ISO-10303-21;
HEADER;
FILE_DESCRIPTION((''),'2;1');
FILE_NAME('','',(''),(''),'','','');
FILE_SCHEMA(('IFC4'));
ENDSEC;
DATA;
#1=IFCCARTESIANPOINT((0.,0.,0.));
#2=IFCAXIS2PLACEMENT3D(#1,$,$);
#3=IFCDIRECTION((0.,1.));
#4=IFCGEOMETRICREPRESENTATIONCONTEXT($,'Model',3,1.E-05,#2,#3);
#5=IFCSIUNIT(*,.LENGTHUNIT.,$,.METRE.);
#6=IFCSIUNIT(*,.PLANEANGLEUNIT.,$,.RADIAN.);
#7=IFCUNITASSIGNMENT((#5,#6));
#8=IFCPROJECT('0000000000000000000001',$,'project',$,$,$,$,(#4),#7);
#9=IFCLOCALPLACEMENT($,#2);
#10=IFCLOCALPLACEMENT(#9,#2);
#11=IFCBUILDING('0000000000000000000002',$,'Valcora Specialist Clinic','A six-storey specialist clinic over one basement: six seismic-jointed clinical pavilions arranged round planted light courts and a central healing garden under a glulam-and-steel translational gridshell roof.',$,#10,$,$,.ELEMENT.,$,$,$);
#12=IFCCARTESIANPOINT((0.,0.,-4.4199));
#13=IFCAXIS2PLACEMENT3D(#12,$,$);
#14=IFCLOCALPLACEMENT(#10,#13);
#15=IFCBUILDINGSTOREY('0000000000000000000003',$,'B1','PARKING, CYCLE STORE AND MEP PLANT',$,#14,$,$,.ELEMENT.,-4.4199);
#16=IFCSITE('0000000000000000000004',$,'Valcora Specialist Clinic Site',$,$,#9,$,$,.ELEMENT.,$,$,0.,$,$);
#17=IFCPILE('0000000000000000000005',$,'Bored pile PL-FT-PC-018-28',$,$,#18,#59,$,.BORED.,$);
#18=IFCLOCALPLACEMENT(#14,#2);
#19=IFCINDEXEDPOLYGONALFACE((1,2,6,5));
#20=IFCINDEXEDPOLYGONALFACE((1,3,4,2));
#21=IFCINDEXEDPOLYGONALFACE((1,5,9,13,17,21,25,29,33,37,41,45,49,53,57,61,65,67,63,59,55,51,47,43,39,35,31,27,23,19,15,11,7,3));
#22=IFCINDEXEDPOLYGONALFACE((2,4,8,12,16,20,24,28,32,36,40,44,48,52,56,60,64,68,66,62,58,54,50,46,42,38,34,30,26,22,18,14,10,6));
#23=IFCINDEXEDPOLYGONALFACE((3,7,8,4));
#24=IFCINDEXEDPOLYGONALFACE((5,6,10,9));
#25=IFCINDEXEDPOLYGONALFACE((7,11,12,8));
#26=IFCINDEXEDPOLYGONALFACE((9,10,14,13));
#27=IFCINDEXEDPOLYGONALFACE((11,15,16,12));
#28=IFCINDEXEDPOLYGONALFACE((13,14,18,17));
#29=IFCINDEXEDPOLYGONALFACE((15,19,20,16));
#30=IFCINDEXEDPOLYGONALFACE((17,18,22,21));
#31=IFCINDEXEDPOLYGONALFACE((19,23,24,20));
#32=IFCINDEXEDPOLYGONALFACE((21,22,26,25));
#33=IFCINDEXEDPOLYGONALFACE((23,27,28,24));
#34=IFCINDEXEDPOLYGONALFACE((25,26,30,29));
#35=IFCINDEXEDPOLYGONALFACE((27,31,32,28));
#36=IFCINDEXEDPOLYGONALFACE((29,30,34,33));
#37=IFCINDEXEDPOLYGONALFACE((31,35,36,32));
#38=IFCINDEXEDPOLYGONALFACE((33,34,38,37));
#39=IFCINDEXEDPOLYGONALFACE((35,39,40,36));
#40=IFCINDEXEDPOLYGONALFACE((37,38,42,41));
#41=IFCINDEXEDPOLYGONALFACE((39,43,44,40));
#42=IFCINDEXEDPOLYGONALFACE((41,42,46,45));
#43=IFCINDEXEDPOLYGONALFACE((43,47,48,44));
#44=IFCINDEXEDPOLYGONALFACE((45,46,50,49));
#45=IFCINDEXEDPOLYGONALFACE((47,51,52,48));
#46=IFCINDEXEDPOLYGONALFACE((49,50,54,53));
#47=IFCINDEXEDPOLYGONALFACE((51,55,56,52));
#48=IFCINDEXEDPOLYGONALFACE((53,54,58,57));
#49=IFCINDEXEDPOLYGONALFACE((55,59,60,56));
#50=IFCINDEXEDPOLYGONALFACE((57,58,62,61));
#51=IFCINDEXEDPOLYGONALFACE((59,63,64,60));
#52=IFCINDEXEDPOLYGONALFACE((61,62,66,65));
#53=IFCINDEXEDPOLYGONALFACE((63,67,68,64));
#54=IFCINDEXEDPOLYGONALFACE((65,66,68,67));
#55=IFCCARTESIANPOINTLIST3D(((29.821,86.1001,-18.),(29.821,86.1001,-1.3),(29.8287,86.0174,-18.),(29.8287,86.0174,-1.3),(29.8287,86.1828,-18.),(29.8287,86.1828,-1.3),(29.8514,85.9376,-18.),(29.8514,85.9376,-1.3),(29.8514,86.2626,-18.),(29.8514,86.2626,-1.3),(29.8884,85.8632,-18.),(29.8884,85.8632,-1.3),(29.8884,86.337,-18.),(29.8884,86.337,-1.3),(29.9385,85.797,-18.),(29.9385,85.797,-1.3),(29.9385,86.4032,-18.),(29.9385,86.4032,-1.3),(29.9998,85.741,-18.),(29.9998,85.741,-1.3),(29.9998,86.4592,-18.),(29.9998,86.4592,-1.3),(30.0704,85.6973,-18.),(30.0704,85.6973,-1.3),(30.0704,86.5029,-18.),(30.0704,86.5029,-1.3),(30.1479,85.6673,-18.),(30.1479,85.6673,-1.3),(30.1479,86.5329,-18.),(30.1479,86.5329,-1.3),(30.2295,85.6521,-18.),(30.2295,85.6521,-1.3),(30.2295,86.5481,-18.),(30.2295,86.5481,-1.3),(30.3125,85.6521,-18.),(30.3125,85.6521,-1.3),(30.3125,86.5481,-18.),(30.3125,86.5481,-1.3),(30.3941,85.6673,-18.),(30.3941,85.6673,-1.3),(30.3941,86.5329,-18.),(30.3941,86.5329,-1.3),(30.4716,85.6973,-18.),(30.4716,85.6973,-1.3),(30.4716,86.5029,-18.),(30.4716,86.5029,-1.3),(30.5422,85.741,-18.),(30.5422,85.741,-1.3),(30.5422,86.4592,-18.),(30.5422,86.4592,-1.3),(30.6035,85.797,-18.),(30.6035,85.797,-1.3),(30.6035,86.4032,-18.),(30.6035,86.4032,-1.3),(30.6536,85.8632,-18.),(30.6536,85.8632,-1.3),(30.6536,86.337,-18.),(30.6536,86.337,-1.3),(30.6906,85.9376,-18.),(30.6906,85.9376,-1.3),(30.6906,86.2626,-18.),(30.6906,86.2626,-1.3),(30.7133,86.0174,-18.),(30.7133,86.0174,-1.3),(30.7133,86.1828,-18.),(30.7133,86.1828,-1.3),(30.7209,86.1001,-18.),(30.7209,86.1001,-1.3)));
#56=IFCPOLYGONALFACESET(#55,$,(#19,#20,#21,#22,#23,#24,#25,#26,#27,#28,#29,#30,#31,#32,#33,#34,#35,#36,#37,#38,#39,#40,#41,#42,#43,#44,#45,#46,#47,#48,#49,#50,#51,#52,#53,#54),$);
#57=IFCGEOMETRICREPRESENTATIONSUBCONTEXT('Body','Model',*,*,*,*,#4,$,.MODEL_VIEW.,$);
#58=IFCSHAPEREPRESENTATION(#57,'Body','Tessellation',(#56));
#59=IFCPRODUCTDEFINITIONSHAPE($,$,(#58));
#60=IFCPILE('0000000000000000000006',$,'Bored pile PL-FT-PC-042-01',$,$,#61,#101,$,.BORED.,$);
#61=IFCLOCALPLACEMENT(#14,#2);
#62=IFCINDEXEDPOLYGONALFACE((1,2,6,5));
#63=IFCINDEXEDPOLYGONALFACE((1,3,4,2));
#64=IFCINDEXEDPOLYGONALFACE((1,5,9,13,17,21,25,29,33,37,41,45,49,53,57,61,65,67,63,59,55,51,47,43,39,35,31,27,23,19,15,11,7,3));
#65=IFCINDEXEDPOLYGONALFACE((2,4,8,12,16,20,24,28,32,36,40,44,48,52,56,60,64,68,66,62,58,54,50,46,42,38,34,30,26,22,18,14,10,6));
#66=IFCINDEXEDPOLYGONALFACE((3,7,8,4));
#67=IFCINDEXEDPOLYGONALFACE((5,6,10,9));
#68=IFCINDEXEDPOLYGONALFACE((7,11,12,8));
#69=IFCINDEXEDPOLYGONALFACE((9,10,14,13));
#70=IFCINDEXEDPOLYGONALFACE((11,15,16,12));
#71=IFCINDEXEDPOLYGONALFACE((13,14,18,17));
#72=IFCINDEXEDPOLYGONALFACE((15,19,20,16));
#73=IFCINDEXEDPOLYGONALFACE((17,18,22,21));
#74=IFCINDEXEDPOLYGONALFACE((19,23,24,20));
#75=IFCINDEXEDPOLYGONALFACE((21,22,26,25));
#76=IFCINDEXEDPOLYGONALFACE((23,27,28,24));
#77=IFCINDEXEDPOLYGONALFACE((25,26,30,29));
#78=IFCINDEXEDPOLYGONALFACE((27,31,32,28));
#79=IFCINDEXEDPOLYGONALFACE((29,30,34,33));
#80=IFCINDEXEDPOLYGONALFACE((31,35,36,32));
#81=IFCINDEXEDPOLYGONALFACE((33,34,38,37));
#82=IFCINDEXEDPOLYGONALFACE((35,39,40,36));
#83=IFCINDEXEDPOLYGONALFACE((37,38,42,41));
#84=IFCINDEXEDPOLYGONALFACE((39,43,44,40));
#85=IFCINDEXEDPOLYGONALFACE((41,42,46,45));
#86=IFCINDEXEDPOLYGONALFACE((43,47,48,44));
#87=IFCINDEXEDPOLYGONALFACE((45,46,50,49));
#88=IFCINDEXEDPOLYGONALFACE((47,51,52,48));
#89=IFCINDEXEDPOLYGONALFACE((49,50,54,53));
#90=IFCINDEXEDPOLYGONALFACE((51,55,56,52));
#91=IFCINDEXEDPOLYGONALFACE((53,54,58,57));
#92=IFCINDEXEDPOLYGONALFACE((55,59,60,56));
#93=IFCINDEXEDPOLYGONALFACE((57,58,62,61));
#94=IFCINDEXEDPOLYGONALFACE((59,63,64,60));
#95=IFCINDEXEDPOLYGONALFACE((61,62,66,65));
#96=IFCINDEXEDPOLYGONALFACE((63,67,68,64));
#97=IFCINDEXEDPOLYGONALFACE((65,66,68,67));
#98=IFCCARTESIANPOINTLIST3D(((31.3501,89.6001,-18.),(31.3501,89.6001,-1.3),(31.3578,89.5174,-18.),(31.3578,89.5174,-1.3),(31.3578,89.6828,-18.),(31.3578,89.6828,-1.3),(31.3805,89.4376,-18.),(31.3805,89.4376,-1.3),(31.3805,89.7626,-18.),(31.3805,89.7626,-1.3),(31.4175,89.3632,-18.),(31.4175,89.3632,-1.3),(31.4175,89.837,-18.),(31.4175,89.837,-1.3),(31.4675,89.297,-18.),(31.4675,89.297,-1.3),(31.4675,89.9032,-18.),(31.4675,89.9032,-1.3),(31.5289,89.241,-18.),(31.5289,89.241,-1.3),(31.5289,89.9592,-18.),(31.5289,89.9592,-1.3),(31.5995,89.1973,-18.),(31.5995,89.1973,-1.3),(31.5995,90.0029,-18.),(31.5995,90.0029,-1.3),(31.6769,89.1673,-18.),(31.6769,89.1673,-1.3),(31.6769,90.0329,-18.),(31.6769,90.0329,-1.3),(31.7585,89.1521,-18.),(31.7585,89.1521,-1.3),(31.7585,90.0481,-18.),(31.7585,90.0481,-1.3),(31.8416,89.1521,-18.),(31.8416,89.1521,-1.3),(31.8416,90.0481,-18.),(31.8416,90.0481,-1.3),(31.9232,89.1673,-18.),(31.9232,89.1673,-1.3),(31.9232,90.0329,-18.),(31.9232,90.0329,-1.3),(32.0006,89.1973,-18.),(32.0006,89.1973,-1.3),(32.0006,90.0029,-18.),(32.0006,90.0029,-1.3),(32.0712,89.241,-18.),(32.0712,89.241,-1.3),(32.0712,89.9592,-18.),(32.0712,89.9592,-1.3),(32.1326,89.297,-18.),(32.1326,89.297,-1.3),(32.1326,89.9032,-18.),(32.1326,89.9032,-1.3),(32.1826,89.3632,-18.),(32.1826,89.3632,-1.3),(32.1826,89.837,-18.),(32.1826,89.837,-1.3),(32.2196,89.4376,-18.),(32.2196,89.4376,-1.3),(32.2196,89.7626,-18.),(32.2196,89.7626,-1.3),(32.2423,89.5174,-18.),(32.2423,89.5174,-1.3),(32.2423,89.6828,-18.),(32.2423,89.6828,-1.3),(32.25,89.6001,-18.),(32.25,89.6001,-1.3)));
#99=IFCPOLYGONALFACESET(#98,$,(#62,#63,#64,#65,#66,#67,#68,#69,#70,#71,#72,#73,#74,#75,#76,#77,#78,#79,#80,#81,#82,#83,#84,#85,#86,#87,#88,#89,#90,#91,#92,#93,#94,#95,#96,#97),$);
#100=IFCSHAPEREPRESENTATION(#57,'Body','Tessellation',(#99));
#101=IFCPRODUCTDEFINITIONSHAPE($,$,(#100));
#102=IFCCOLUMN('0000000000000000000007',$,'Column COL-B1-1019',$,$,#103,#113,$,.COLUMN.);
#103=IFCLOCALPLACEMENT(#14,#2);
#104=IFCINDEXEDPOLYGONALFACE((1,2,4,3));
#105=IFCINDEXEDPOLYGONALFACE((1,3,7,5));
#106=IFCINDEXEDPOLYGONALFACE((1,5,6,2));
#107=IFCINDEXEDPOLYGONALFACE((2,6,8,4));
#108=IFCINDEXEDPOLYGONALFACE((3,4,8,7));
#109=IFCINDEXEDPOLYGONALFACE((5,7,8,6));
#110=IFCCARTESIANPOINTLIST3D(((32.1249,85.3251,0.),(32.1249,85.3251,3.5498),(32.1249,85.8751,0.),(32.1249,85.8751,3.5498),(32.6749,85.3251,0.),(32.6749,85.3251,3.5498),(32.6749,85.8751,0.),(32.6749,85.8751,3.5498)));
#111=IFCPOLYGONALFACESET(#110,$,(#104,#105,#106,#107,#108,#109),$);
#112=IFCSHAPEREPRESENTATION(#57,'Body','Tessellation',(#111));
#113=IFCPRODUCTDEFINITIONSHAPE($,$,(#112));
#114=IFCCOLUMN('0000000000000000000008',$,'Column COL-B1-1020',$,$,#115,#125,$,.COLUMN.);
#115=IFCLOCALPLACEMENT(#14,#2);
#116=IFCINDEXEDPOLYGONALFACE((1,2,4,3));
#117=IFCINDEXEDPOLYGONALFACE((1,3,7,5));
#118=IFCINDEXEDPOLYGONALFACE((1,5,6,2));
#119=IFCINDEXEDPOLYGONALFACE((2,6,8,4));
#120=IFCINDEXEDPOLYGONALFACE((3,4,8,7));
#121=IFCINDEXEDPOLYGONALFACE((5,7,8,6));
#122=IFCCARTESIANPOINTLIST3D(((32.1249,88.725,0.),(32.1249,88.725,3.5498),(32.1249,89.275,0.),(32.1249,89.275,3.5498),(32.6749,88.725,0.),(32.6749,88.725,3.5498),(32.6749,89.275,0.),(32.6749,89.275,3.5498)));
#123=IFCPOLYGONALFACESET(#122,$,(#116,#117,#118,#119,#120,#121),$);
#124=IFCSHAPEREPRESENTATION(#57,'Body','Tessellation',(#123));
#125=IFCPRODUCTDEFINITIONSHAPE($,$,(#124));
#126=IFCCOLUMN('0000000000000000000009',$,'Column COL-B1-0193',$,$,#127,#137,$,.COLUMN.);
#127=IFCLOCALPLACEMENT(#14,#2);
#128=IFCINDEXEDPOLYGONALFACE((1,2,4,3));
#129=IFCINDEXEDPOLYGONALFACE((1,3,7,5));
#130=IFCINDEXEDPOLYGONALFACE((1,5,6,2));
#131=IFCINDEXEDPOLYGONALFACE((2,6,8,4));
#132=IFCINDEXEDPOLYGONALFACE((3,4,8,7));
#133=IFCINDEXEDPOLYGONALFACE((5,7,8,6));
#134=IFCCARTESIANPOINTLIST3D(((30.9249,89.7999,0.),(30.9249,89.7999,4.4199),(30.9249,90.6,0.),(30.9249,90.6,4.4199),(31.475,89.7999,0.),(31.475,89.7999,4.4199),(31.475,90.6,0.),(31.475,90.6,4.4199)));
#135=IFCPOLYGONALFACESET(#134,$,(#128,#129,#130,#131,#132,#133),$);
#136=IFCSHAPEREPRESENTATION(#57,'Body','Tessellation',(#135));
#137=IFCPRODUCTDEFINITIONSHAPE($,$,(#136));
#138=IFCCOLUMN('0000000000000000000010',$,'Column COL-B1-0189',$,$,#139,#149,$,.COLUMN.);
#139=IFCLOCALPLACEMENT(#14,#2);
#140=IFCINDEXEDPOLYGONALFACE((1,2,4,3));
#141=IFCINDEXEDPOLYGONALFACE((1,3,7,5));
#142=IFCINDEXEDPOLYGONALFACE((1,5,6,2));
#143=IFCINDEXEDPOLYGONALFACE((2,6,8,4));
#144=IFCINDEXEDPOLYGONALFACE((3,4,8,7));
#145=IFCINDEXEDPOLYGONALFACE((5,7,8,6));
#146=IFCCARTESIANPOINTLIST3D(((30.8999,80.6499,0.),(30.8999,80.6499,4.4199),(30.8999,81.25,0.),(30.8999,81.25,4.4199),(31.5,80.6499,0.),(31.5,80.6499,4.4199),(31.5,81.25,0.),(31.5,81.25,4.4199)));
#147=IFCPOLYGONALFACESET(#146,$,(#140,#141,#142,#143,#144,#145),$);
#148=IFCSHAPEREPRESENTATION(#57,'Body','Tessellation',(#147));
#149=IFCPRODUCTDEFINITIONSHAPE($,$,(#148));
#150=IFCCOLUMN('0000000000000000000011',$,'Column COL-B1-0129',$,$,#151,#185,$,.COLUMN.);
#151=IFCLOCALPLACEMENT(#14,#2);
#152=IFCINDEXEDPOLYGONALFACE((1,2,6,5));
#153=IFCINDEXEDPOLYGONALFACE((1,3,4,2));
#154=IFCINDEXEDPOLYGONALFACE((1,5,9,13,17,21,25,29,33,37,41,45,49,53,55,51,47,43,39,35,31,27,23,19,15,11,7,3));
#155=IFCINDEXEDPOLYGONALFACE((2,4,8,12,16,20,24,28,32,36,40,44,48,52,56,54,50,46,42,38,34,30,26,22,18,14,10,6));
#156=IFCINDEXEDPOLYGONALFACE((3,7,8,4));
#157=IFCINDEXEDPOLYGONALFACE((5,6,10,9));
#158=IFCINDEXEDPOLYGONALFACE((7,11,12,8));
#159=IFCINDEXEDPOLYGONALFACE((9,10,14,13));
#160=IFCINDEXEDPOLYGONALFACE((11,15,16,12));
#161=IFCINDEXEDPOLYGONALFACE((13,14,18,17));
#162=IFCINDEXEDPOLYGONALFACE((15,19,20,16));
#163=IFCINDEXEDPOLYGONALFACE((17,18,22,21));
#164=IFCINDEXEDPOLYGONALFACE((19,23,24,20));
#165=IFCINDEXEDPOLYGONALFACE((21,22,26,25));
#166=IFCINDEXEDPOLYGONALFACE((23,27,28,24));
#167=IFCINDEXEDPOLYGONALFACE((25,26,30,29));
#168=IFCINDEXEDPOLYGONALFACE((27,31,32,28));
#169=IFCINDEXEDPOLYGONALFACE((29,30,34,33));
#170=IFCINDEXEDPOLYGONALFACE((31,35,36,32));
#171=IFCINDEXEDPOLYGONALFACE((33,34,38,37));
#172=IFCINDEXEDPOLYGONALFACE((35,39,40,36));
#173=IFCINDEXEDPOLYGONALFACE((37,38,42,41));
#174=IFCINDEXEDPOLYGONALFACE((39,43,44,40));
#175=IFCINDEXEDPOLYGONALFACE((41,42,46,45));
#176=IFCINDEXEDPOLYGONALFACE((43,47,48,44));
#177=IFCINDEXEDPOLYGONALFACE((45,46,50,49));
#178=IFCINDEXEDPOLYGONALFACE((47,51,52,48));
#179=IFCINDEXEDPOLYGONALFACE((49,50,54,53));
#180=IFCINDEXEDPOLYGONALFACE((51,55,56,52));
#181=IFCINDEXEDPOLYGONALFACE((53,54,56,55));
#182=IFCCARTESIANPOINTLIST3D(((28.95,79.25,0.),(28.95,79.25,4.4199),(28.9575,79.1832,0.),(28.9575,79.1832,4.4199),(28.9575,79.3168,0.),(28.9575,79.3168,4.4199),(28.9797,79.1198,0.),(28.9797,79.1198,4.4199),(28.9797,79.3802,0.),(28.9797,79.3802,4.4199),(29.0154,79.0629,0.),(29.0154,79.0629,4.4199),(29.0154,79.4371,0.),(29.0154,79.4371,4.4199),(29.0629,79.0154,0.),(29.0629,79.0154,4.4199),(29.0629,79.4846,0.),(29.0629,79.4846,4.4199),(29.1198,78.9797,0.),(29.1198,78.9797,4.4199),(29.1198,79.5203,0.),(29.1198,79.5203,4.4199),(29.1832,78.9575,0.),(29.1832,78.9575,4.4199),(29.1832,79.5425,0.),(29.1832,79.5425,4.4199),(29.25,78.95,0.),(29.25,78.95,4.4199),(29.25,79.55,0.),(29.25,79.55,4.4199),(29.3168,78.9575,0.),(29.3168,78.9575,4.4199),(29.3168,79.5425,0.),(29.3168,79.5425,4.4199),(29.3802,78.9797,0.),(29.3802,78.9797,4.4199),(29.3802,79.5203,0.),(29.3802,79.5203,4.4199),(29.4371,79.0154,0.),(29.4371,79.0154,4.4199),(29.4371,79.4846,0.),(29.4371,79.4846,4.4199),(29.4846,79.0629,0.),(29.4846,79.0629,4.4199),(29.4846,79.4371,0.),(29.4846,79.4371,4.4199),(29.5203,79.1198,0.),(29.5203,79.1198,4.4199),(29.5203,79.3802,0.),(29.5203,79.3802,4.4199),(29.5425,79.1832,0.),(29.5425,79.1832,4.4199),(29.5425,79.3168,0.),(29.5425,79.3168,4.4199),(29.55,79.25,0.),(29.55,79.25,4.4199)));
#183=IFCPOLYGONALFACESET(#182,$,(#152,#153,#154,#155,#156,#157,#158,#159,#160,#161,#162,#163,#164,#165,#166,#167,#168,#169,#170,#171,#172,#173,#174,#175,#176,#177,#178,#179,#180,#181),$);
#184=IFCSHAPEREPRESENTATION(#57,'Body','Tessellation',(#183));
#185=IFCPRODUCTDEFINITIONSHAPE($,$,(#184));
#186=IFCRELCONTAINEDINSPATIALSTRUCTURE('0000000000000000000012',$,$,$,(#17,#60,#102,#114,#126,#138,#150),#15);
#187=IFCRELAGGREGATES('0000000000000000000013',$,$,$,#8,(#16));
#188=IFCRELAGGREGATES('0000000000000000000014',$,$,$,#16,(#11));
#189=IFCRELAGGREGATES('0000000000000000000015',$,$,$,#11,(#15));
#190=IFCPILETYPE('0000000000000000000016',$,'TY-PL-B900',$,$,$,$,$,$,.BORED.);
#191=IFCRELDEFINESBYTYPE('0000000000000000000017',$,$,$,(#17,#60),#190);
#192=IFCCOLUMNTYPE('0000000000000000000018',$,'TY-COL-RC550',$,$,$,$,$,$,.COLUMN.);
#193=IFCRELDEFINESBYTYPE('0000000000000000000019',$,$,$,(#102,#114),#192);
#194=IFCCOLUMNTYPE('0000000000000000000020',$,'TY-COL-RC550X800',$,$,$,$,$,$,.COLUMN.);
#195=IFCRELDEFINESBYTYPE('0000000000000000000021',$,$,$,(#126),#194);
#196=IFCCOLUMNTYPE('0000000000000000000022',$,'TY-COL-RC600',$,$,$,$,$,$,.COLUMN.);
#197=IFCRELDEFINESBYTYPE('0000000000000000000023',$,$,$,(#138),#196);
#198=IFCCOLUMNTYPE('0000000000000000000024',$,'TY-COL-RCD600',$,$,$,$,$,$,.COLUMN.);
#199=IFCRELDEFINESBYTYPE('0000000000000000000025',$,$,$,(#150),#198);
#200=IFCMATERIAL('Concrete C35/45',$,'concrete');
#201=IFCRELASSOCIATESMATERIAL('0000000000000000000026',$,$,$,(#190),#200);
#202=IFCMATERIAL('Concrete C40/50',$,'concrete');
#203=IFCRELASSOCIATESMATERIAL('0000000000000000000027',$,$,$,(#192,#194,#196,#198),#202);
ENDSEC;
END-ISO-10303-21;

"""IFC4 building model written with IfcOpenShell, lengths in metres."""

from ifc_helpers import new_model, si_unit, direction, frame, origin, origin_2d, place, context, subcontext, project, spatial, rectangle, circle, extrude, material, material_profile, profile_set, type_object, element, save


model = new_model("IFC4")

# Units and contexts
model_context = context("Model", 3, precision=1e-05, world=origin(), true_north=direction((0.0, 1.0)))
body_context = subcontext(model_context, "Body", "Model", "MODEL_VIEW")
ifc_project = project(units=[si_unit("LENGTHUNIT", "METRE"), si_unit("PLANEANGLEUNIT", "RADIAN")], contexts=[model_context])

# Site, building, storey
site_placement = place(None, origin())
site = spatial("IfcSite", under=ifc_project, at=site_placement, Name="Valcora Specialist Clinic Site", CompositionType="ELEMENT", RefElevation=0.0)
building_placement = place(site_placement, origin())
building = spatial("IfcBuilding", under=site, at=building_placement, Name="Valcora Specialist Clinic", Description="A six-storey specialist clinic over one basement: six seismic-jointed clinical pavilions arranged round planted light courts and a central healing garden under a glulam-and-steel translational gridshell roof.", CompositionType="ELEMENT")
storey_placement = place(building_placement, frame((0.0, 0.0, -4.4199)))
storey = spatial("IfcBuildingStorey", under=building, at=storey_placement, Name="B1", Description="PARKING, CYCLE STORE AND MEP PLANT", CompositionType="ELEMENT", Elevation=-4.4199)

# Piles
ifc_material_1 = material(Name="Concrete C35/45", Category="concrete")
ifc_material_profile_1 = material_profile(ifc_material_1, circle(Radius=0.45, at=origin_2d()), Name="RC-PIL-D900")
ifc_profile_set_1 = profile_set([ifc_material_profile_1], Name="Concrete C35/45")
pile_type = type_object("IfcPileType", Name="TY-PL-B900", PredefinedType="BORED", material=ifc_profile_set_1)
for number, where, z_axis, x_axis, name in (
    (1, (30.271, 86.1001, -1.3), (0.0, 0.0, -1.0), (1.0, 0.0, 0.0), "Bored pile PL-FT-PC-018-28"),
    (2, (31.8, 89.6001, -1.3), (0.0, 0.0, -1.0), (1.0, 0.0, 0.0), "Bored pile PL-FT-PC-042-01"),
):
    element("IfcPile", number, at=place(storey_placement, frame(where, z_axis=z_axis, x_axis=x_axis)), inside=storey, type_object=pile_type, Name=name, PredefinedType="BORED", context=body_context, shape_type="SweptSolid", body=[
        extrude(circle(Radius=0.45, at=origin_2d()), origin(), (0.0, 0.0, 1.0), 16.7),
    ])

# Columns
ifc_material_2 = material(Name="Concrete C40/50", Category="concrete")
ifc_material_profile_2 = material_profile(ifc_material_2, rectangle(XDim=0.55, YDim=0.55, at=origin_2d()), Name="RC-COL-550X550")
ifc_profile_set_2 = profile_set([ifc_material_profile_2], Name="Concrete C40/50")
column_type_1 = type_object("IfcColumnType", Name="TY-COL-RC550", PredefinedType="COLUMN", material=ifc_profile_set_2)
for number, where, z_axis, x_axis, name in (
    (3, (32.3999, 85.6001, 0.0), (0.0, 0.0, 1.0), (1.0, 0.0, 0.0), "Column COL-B1-1019"),
    (4, (32.3999, 89.0, 0.0), (0.0, 0.0, 1.0), (1.0, 0.0, 0.0), "Column COL-B1-1020"),
):
    element("IfcColumn", number, at=place(storey_placement, frame(where, z_axis=z_axis, x_axis=x_axis)), inside=storey, type_object=column_type_1, Name=name, PredefinedType="COLUMN", context=body_context, shape_type="SweptSolid", body=[
        extrude(rectangle(XDim=0.55, YDim=0.55, at=origin_2d()), origin(), (0.0, 0.0, 1.0), 3.5498),
    ])
ifc_material_profile_3 = material_profile(ifc_material_2, rectangle(XDim=0.55, YDim=0.8, at=origin_2d()), Name="RC-COL-550X800")
ifc_profile_set_3 = profile_set([ifc_material_profile_3], Name="Concrete C40/50")
column_type_2 = type_object("IfcColumnType", Name="TY-COL-RC550X800", PredefinedType="COLUMN", material=ifc_profile_set_3)
column_1_placement = place(storey_placement, frame((31.2, 90.2, 0.0), z_axis=(0.0, 0.0, 1.0), x_axis=(1.0, 0.0, 0.0)))
element("IfcColumn", 5, at=column_1_placement, inside=storey, type_object=column_type_2, Name="Column COL-B1-0193", PredefinedType="COLUMN", context=body_context, shape_type="SweptSolid", body=[
    extrude(rectangle(XDim=0.55, YDim=0.8, at=origin_2d()), origin(), (0.0, 0.0, 1.0), 4.4199),
])
ifc_material_profile_4 = material_profile(ifc_material_2, rectangle(XDim=0.6001, YDim=0.6001, at=origin_2d()), Name="RC-COL-600X600")
ifc_profile_set_4 = profile_set([ifc_material_profile_4], Name="Concrete C40/50")
column_type_3 = type_object("IfcColumnType", Name="TY-COL-RC600", PredefinedType="COLUMN", material=ifc_profile_set_4)
column_2_placement = place(storey_placement, frame((31.2, 80.95, 0.0), z_axis=(0.0, 0.0, 1.0), x_axis=(1.0, 0.0, 0.0)))
element("IfcColumn", 6, at=column_2_placement, inside=storey, type_object=column_type_3, Name="Column COL-B1-0189", PredefinedType="COLUMN", context=body_context, shape_type="SweptSolid", body=[
    extrude(rectangle(XDim=0.6001, YDim=0.6001, at=origin_2d()), origin(), (0.0, 0.0, 1.0), 4.4199),
])
ifc_material_profile_5 = material_profile(ifc_material_2, circle(Radius=0.3, at=origin_2d()), Name="RC-COL-D600")
ifc_profile_set_5 = profile_set([ifc_material_profile_5], Name="Concrete C40/50")
column_type_4 = type_object("IfcColumnType", Name="TY-COL-RCD600", PredefinedType="COLUMN", material=ifc_profile_set_5)
column_3_placement = place(storey_placement, frame((29.25, 79.25, 0.0), z_axis=(0.0, 0.0, 1.0), x_axis=(1.0, 0.0, 0.0)))
element("IfcColumn", 7, at=column_3_placement, inside=storey, type_object=column_type_4, Name="Column COL-B1-0129", PredefinedType="COLUMN", context=body_context, shape_type="SweptSolid", body=[
    extrude(circle(Radius=0.3, at=origin_2d()), origin(), (0.0, 0.0, 1.0), 4.4199),
])

save(model, "model.ifc")
